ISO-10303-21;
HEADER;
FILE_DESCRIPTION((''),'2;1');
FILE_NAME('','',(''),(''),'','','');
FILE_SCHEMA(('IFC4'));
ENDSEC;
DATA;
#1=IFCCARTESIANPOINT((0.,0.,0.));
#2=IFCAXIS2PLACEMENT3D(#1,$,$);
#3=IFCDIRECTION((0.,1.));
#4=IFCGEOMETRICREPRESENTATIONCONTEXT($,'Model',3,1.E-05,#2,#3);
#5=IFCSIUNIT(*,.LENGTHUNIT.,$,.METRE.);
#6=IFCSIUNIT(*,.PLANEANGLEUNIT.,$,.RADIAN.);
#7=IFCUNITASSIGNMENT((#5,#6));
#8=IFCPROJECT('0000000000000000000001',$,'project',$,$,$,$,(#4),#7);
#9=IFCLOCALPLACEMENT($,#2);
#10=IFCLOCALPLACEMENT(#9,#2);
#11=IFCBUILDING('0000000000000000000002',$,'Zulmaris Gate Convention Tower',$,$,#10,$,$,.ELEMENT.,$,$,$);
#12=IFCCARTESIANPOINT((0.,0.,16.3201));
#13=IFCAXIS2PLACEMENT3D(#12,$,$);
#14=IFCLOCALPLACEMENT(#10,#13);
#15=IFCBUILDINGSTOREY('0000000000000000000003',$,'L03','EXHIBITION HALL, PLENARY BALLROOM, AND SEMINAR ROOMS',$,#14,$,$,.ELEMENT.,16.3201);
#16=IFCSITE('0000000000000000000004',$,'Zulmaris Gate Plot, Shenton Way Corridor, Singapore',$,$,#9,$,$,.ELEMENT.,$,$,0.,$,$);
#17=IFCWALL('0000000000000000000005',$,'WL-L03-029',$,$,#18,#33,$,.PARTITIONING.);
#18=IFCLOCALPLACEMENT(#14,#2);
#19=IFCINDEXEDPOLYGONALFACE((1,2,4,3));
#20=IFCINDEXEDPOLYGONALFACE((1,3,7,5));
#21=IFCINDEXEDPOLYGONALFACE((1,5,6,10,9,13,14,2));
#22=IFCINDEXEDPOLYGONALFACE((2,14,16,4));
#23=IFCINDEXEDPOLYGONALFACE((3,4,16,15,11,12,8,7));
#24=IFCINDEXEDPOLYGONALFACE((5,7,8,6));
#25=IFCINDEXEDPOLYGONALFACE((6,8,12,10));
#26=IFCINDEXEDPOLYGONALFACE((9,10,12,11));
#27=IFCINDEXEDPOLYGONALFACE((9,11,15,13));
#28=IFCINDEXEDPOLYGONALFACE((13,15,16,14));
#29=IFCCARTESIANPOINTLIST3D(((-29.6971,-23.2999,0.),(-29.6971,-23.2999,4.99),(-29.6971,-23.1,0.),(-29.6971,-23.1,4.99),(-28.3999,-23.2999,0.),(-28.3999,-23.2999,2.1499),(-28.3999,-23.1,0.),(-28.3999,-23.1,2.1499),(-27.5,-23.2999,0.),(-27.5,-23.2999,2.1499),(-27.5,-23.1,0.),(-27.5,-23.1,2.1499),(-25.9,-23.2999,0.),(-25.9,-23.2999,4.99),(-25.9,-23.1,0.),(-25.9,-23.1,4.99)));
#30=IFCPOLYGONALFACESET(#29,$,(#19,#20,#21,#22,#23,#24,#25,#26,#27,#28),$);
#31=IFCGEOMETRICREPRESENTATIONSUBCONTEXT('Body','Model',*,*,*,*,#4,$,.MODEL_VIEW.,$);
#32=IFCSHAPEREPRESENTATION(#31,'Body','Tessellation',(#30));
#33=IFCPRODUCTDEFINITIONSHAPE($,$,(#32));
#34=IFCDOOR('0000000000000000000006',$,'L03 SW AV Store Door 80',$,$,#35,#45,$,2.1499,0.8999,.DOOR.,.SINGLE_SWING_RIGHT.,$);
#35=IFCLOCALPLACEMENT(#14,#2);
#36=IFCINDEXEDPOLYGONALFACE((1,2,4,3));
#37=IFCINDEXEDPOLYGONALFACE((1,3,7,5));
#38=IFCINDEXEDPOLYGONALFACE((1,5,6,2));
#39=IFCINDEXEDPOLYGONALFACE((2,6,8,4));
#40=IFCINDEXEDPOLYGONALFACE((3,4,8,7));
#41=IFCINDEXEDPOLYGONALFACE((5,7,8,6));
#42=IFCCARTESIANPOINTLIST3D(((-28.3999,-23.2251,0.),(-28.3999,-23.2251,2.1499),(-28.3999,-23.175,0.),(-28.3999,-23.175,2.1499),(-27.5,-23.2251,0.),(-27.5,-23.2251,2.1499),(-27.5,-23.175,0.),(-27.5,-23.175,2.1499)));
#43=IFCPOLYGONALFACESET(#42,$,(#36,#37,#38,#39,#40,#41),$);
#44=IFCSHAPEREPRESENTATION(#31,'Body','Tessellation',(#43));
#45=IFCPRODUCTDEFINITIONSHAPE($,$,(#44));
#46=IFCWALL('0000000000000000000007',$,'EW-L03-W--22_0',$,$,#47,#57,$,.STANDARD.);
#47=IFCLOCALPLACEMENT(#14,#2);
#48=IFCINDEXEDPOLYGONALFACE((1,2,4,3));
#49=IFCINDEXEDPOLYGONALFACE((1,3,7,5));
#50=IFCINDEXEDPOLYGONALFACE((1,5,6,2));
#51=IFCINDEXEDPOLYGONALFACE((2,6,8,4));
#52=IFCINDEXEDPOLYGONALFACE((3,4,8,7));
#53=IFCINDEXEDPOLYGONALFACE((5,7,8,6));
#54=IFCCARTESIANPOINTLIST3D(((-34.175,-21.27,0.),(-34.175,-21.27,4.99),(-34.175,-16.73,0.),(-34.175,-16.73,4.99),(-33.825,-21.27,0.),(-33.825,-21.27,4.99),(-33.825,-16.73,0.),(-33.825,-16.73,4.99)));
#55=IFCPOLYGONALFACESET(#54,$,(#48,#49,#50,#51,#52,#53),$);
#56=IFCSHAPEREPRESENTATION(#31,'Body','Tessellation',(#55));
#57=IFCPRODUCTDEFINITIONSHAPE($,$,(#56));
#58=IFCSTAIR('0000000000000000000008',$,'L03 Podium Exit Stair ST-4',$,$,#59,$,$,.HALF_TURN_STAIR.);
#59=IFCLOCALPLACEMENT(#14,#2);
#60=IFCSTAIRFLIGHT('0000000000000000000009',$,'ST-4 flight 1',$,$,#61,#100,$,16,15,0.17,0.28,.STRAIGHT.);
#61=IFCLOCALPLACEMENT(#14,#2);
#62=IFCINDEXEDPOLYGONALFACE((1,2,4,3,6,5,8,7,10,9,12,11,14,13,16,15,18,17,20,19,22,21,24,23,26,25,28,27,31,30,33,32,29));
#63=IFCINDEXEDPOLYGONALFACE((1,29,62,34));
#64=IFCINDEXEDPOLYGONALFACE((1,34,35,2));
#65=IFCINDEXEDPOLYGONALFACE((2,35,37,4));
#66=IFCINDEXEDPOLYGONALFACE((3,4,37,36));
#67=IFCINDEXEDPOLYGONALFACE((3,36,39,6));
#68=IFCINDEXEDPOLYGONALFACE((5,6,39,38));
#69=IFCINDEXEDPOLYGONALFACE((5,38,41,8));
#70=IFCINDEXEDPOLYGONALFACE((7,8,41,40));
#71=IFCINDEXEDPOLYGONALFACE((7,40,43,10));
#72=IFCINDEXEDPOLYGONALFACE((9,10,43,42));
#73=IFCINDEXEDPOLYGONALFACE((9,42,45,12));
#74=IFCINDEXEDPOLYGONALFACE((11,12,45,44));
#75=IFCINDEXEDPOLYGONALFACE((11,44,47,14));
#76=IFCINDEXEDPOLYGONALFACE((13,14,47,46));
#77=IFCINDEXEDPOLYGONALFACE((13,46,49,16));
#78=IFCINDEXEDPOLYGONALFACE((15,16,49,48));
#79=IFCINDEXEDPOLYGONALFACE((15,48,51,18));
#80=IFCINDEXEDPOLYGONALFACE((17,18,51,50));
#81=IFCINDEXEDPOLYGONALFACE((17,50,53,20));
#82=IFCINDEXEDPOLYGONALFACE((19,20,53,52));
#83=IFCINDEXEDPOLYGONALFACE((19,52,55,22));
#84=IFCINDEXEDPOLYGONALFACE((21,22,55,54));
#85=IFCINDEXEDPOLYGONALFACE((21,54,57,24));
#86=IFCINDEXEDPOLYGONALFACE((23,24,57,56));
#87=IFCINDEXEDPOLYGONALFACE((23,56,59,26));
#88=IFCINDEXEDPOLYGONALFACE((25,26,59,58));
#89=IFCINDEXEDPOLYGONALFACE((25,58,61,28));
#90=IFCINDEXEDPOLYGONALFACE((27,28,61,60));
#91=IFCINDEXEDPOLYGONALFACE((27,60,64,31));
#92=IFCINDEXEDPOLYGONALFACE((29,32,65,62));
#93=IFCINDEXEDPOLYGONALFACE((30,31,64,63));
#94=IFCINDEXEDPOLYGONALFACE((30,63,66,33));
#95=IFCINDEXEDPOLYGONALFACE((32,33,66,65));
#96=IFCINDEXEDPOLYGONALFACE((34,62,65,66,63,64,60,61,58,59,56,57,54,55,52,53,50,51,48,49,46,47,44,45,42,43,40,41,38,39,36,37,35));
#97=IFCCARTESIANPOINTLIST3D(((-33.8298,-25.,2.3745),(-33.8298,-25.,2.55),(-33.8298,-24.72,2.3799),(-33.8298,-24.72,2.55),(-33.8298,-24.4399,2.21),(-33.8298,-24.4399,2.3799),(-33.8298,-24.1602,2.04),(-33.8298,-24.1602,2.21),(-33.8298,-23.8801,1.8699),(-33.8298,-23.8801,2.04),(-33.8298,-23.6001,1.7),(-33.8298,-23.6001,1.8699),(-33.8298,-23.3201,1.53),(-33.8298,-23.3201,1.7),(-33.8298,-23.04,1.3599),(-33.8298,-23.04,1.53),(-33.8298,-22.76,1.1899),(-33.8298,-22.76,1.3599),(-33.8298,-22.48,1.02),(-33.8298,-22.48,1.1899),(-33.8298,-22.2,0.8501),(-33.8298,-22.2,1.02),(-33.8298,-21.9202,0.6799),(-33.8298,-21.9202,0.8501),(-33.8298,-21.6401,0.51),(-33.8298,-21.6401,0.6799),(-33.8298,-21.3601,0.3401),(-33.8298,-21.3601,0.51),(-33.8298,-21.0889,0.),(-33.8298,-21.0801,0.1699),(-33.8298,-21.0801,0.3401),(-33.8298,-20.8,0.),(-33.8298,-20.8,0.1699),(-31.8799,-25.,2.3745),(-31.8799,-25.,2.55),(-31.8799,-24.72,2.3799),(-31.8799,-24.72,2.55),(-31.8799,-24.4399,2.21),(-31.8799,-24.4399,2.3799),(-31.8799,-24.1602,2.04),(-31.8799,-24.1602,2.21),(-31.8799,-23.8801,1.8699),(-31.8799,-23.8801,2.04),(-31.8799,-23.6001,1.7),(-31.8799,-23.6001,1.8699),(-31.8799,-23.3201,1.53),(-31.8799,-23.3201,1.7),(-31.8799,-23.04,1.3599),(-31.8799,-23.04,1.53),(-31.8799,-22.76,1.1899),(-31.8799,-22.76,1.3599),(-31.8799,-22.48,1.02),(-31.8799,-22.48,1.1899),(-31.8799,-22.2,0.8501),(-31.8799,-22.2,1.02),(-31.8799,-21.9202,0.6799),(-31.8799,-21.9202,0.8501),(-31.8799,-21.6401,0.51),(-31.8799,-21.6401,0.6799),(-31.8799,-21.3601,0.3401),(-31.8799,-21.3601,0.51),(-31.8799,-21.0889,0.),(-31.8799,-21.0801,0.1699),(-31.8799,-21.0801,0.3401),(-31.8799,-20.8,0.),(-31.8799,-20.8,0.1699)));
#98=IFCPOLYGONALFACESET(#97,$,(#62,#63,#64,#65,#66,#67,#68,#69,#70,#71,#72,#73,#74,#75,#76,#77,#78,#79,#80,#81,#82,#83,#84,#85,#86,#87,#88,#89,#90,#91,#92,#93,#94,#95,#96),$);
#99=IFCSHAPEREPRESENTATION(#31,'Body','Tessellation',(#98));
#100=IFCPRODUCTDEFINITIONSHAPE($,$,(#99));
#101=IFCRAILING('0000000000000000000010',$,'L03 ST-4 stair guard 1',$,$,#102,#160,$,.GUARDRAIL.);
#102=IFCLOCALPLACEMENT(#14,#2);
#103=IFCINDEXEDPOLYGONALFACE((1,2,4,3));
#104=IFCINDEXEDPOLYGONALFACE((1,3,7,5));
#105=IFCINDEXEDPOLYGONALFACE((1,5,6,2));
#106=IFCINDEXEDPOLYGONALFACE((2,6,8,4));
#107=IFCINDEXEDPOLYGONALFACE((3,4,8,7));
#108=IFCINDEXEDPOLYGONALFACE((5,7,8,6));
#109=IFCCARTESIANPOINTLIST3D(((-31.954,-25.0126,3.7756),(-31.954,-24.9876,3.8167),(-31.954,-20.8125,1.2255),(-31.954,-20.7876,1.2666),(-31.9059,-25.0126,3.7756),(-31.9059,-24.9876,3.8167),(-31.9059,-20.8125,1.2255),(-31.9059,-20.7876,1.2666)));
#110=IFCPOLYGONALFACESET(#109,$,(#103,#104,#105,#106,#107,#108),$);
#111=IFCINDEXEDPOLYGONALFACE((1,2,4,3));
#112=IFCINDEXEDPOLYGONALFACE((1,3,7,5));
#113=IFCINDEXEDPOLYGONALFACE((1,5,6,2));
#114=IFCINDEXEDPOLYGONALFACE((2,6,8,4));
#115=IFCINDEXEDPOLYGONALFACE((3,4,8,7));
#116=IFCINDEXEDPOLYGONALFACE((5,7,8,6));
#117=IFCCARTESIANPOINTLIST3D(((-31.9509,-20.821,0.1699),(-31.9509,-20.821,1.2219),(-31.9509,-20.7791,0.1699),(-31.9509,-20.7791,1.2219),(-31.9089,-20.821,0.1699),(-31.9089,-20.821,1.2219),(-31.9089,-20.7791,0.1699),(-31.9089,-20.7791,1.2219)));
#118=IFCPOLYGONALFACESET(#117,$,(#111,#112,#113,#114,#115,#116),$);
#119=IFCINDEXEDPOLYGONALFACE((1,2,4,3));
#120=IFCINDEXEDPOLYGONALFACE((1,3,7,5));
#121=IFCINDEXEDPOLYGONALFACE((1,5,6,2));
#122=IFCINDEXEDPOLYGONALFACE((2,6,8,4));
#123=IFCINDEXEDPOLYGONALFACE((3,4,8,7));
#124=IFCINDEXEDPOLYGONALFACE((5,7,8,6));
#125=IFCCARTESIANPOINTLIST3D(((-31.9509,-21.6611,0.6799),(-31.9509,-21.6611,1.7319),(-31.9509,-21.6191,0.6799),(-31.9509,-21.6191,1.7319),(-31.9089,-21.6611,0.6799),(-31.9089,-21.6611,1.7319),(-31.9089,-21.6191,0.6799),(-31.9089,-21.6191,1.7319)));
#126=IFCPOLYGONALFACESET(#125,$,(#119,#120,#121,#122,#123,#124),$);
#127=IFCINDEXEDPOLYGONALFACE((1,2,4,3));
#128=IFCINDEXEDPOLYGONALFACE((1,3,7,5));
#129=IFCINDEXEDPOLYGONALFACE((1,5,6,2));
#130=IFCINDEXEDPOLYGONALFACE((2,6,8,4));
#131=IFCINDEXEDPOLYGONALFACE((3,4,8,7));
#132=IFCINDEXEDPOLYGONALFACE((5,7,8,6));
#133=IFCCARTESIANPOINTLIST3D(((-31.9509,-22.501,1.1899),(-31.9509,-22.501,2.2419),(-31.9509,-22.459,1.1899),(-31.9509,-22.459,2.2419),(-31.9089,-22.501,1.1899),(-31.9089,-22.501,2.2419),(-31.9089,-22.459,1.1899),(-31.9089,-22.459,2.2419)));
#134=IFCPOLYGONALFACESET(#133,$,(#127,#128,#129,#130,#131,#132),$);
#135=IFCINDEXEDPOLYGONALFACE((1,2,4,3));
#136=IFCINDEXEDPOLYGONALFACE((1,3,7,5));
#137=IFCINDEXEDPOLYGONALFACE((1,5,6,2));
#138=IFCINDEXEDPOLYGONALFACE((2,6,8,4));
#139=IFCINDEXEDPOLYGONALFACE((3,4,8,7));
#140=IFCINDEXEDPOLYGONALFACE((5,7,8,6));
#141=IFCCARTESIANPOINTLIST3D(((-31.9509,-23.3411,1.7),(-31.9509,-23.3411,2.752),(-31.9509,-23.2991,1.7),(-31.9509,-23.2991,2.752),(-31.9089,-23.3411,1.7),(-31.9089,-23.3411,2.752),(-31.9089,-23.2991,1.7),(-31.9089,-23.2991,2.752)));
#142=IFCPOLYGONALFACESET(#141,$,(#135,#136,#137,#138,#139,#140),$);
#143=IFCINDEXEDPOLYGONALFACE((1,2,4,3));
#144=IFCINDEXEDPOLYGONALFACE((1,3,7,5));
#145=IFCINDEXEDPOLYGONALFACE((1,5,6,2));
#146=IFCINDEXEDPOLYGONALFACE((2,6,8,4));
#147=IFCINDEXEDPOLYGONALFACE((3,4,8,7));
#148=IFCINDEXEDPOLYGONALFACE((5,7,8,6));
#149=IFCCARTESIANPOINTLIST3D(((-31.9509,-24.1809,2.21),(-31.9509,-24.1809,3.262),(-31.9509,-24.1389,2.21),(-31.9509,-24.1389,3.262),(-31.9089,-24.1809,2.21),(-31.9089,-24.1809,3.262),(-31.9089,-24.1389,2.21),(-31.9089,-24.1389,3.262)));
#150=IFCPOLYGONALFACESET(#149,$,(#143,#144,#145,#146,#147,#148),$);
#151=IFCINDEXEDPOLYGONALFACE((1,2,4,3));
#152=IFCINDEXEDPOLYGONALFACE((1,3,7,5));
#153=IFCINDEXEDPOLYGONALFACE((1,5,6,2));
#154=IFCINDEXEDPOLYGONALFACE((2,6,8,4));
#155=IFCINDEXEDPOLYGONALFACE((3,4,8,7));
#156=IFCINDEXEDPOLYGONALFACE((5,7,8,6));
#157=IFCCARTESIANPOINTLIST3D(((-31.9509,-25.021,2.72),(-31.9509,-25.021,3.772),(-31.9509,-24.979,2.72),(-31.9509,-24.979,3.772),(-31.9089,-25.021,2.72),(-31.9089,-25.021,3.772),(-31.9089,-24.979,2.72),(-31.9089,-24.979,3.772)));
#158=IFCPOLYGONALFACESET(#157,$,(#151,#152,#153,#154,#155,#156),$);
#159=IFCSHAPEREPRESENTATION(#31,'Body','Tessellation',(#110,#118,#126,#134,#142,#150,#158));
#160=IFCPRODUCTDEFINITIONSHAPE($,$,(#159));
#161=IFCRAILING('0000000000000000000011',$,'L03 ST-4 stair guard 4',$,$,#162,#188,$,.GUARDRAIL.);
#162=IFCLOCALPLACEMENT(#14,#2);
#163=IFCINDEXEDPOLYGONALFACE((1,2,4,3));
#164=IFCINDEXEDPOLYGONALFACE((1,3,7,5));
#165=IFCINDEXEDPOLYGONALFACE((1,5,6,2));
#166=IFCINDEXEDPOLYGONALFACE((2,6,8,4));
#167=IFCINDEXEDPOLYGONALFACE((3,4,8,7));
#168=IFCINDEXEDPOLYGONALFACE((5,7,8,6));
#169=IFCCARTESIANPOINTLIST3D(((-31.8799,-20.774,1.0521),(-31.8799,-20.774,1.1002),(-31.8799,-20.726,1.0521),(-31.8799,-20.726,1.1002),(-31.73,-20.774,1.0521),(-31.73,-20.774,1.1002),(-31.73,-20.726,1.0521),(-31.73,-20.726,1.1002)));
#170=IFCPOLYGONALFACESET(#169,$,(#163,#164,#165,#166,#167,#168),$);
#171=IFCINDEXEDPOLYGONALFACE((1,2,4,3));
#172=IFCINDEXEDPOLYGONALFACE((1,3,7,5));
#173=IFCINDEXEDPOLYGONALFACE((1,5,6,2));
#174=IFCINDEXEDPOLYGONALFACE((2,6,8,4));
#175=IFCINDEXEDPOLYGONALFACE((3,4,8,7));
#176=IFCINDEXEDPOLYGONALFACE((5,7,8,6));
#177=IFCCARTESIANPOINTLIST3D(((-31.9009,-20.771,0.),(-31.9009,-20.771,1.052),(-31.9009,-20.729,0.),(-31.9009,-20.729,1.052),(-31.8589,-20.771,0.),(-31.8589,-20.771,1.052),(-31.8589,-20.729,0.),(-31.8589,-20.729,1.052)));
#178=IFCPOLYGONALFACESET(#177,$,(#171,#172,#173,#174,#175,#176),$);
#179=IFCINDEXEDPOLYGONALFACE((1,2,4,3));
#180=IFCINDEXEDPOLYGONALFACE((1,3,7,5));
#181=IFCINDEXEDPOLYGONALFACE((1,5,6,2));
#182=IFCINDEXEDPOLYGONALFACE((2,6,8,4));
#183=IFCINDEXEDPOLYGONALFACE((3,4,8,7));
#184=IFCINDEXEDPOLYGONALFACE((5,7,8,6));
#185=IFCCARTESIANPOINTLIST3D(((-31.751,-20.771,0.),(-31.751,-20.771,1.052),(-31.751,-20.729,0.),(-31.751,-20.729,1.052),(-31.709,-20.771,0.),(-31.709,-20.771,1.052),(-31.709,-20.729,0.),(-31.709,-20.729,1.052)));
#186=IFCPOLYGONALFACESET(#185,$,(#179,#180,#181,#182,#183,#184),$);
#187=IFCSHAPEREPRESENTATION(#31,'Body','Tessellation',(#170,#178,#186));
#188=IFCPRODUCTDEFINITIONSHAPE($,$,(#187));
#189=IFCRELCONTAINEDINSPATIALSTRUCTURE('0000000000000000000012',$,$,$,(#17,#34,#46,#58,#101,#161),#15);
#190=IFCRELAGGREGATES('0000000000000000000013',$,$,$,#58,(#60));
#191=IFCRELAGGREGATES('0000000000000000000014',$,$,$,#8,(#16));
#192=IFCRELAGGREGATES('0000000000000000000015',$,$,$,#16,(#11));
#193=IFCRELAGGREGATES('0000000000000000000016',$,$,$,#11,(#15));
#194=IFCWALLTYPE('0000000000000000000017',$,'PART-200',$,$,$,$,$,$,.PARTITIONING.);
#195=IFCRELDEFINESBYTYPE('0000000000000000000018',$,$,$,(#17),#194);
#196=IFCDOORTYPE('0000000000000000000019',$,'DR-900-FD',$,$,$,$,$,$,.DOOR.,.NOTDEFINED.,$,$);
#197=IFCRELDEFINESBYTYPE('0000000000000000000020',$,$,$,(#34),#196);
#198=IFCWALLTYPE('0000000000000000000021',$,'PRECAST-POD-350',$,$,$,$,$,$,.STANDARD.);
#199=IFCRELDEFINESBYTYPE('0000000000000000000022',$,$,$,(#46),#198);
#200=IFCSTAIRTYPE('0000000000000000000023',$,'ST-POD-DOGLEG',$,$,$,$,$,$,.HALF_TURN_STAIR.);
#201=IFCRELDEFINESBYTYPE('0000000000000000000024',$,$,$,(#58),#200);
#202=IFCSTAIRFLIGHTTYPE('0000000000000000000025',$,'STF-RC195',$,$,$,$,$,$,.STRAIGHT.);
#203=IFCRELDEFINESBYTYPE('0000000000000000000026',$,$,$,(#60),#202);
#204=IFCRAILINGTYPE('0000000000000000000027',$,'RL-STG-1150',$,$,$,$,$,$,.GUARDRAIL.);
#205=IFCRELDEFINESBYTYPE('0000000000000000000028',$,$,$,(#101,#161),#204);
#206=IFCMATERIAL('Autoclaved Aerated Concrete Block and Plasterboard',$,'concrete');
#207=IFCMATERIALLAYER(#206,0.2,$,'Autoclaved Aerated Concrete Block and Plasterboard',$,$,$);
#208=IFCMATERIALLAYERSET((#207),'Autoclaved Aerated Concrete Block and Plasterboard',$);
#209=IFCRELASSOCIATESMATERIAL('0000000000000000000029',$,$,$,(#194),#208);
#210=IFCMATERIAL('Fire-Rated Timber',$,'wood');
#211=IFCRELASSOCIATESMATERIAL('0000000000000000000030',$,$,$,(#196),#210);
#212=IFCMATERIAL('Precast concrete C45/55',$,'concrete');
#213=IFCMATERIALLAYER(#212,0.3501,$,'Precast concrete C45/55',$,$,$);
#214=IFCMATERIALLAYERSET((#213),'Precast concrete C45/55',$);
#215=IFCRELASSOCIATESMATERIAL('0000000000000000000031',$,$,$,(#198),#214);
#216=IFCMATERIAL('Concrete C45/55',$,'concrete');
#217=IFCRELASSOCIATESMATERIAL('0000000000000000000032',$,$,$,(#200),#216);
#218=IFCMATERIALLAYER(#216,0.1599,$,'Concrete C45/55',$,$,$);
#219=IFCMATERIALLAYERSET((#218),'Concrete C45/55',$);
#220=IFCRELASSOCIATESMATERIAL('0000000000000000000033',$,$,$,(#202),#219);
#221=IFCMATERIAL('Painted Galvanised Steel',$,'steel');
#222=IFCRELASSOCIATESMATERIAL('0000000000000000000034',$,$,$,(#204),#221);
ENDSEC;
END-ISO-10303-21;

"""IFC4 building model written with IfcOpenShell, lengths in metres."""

from ifc_helpers import new_model, si_unit, direction, frame, frame_2d, origin, origin_2d, place, context, subcontext, project, spatial, polyline, rectangle, outline, extrude, material, layer, layer_set, type_object, element, fill, aggregate, save


model = new_model("IFC4")

# Units and contexts
model_context = context("Model", 3, precision=1e-05, world=origin(), true_north=direction((0.0, 1.0)))
body_context = subcontext(model_context, "Body", "Model", "MODEL_VIEW")
ifc_project = project(units=[si_unit("LENGTHUNIT", "METRE"), si_unit("PLANEANGLEUNIT", "RADIAN")], contexts=[model_context])

# Site, building, storey
site_placement = place(None, origin())
site = spatial("IfcSite", under=ifc_project, at=site_placement, Name="Zulmaris Gate Plot, Shenton Way Corridor, Singapore", CompositionType="ELEMENT", RefElevation=0.0)
building_placement = place(site_placement, origin())
building = spatial("IfcBuilding", under=site, at=building_placement, Name="Zulmaris Gate Convention Tower", CompositionType="ELEMENT")
storey_placement = place(building_placement, frame((0.0, 0.0, 16.3201)))
storey = spatial("IfcBuildingStorey", under=building, at=storey_placement, Name="L03", Description="EXHIBITION HALL, PLENARY BALLROOM, AND SEMINAR ROOMS", CompositionType="ELEMENT", Elevation=16.3201)

# Shared definitions
ifc_material_1 = material(Name="Fire-Rated Timber", Category="wood")

# Wall, opening, door
ifc_material_2 = material(Name="Autoclaved Aerated Concrete Block and Plasterboard", Category="concrete")
ifc_layer_1 = layer(ifc_material_2, 0.2, Name="Autoclaved Aerated Concrete Block and Plasterboard")
ifc_layer_set_1 = layer_set([ifc_layer_1], Name="Autoclaved Aerated Concrete Block and Plasterboard")
wall_type_1 = type_object("IfcWallType", Name="PART-200", PredefinedType="PARTITIONING", material=ifc_layer_set_1)
wall_1_placement = place(storey_placement, frame((-29.697, -23.2, 0.0), z_axis=(0.0, 0.0, 1.0), x_axis=(1.0, 0.0, 0.0)))
wall_1 = element("IfcWall", 1, at=wall_1_placement, inside=storey, type_object=wall_type_1, Name="WL-L03-029", PredefinedType="PARTITIONING", context=body_context, shape_type="SweptSolid", body=[
    extrude(rectangle(XDim=3.7971, YDim=0.2, at=frame_2d((1.8984, 0.0))), origin(), (0.0, 0.0, 1.0), 4.99),
])
opening_1_placement = place(wall_1_placement, frame((1.2971, 0.0, 0.0)))
opening_1 = element("IfcOpeningElement", 2, at=opening_1_placement, cuts=wall_1, PredefinedType="OPENING", context=body_context, shape_type="SweptSolid", body=[
    extrude(rectangle(XDim=0.8999, YDim=2.1499, at=frame_2d((0.45, 1.075))), frame((0.0, 0.1099, 0.0), z_axis=(0.0, -1.0, 0.0), x_axis=(1.0, 0.0, 0.0)), (0.0, 0.0, 1.0), 0.22),
])
door_type_1 = type_object("IfcDoorType", Name="DR-900-FD", OperationType="NOTDEFINED", PredefinedType="DOOR", material=ifc_material_1)
door_1_placement = place(opening_1_placement, origin())
door_1 = element("IfcDoor", 3, at=door_1_placement, inside=storey, type_object=door_type_1, Name="L03 SW AV Store Door 80", OperationType="SINGLE_SWING_RIGHT", OverallHeight=2.1499, OverallWidth=0.8999, PredefinedType="DOOR", context=body_context, shape_type="SweptSolid", body=[
    extrude(rectangle(XDim=0.8999, YDim=2.1499, at=frame_2d((0.45, 1.075))), frame((0.0, 0.0249, 0.0), z_axis=(0.0, -1.0, 0.0), x_axis=(1.0, 0.0, 0.0)), (0.0, 0.0, 1.0), 0.05),
])
fill(opening_1, door_1)

# Wall
ifc_material_3 = material(Name="Precast concrete C45/55", Category="concrete")
ifc_layer_2 = layer(ifc_material_3, 0.3501, Name="Precast concrete C45/55")
ifc_layer_set_2 = layer_set([ifc_layer_2], Name="Precast concrete C45/55")
wall_type_2 = type_object("IfcWallType", Name="PRECAST-POD-350", PredefinedType="STANDARD", material=ifc_layer_set_2)
wall_2_placement = place(storey_placement, frame((-34.0, -21.27, 0.0), z_axis=(0.0, 0.0, 1.0), x_axis=(0.0, 1.0, 0.0)))
element("IfcWall", 4, at=wall_2_placement, inside=storey, type_object=wall_type_2, Name="EW-L03-W--22_0", PredefinedType="STANDARD", context=body_context, shape_type="SweptSolid", body=[
    extrude(rectangle(XDim=4.54, YDim=0.3501, at=frame_2d((2.27, 0.0))), origin(), (0.0, 0.0, 1.0), 4.99),
])

# Stair, stair flight
ifc_material_4 = material(Name="Concrete C45/55", Category="concrete")
stair_type = type_object("IfcStairType", Name="ST-POD-DOGLEG", PredefinedType="HALF_TURN_STAIR", material=ifc_material_4)
stair_placement = place(storey_placement, origin())
stair = element("IfcStair", 5, at=stair_placement, inside=storey, type_object=stair_type, Name="L03 Podium Exit Stair ST-4", PredefinedType="HALF_TURN_STAIR")
ifc_layer_3 = layer(ifc_material_4, 0.1599, Name="Concrete C45/55")
ifc_layer_set_3 = layer_set([ifc_layer_3], Name="Concrete C45/55")
stair_flight_type = type_object("IfcStairFlightType", Name="STF-RC195", PredefinedType="STRAIGHT", material=ifc_layer_set_3)
stair_flight_placement = place(storey_placement, frame((-32.855, -20.8, 0.0), z_axis=(0.0, 0.0, 1.0), x_axis=(0.0, -1.0, 0.0)))
stair_flight = element("IfcStairFlight", 6, at=stair_flight_placement, type_object=stair_flight_type, Name="ST-4 flight 1", NumberOfRisers=16, NumberOfTreads=15, PredefinedType="STRAIGHT", RiserHeight=0.17, TreadLength=0.28, context=body_context, shape_type="SweptSolid", body=[
    extrude(outline(polyline([(0.0, 0.0), (0.0, 0.1699), (0.28, 0.1699), (0.28, 0.3401), (0.5601, 0.3401), (0.5601, 0.51), (0.8401, 0.51), (0.8401, 0.6799), (1.1201, 0.6799), (1.1201, 0.8501), (1.3999, 0.8501), (1.3999, 1.02), (1.6799, 1.02), (1.6799, 1.1899), (1.96, 1.1899), (1.96, 1.3599), (2.24, 1.3599), (2.24, 1.53), (2.52, 1.53), (2.52, 1.7), (2.8, 1.7), (2.8, 1.8699), (3.0801, 1.8699), (3.0801, 2.04), (3.3601, 2.04), (3.3601, 2.21), (3.6399, 2.21), (3.6399, 2.3799), (3.9199, 2.3799), (3.9199, 2.55), (4.2, 2.55), (4.2, 2.72), (4.2, 2.3745), (0.2888, 0.0), (0.0, 0.0)])), frame((0.0, 0.9751, 0.0), z_axis=(0.0, -1.0, 0.0), x_axis=(1.0, 0.0, 0.0)), (0.0, 0.0, 1.0), 1.95),
])
aggregate(stair, [stair_flight])

# Railings
ifc_material_5 = material(Name="Painted Galvanised Steel", Category="steel")
railing_type_1 = type_object("IfcRailingType", Name="RL-STG-1150", PredefinedType="GUARDRAIL", material=ifc_material_5)
railing_1_placement = place(storey_placement, frame((-31.9299, -20.8, 0.1699)))
element("IfcRailing", 7, at=railing_1_placement, inside=storey, type_object=railing_type_1, Name="L03 ST-4 stair guard 1", PredefinedType="GUARDRAIL", context=body_context, shape_type="SweptSolid", body=[
    extrude(rectangle(XDim=0.0481, YDim=0.0481, at=origin_2d()), frame((0.0, 0.0, 1.0762), z_axis=(0.0, -0.85478, 0.51899), x_axis=(1.0, 0.0, 0.0)), (0.0, 0.0, 1.0), 4.9136),
    extrude(rectangle(XDim=0.042, YDim=0.042, at=origin_2d()), origin(), (0.0, 0.0, 1.0), 1.052),
    extrude(rectangle(XDim=0.042, YDim=0.042, at=origin_2d()), frame((0.0, -0.8401, 0.51)), (0.0, 0.0, 1.0), 1.052),
    extrude(rectangle(XDim=0.042, YDim=0.042, at=origin_2d()), frame((0.0, -1.6799, 1.02)), (0.0, 0.0, 1.0), 1.052),
    extrude(rectangle(XDim=0.042, YDim=0.042, at=origin_2d()), frame((0.0, -2.52, 1.53)), (0.0, 0.0, 1.0), 1.052),
    extrude(rectangle(XDim=0.042, YDim=0.042, at=origin_2d()), frame((0.0, -3.3599, 2.04)), (0.0, 0.0, 1.0), 1.052),
    extrude(rectangle(XDim=0.042, YDim=0.042, at=origin_2d()), frame((0.0, -4.2, 2.55)), (0.0, 0.0, 1.0), 1.052),
])
railing_2_placement = place(storey_placement, frame((-31.8799, -20.75, 0.0)))
element("IfcRailing", 8, at=railing_2_placement, inside=storey, type_object=railing_type_1, Name="L03 ST-4 stair guard 4", PredefinedType="GUARDRAIL", context=body_context, shape_type="SweptSolid", body=[
    extrude(rectangle(XDim=0.0481, YDim=0.0481, at=origin_2d()), frame((0.0, 0.0, 1.0762), z_axis=(1.0, 0.0, 0.0), x_axis=(0.0, 1.0, 0.0)), (0.0, 0.0, 1.0), 0.1499),
    extrude(rectangle(XDim=0.042, YDim=0.042, at=origin_2d()), origin(), (0.0, 0.0, 1.0), 1.052),
    extrude(rectangle(XDim=0.042, YDim=0.042, at=origin_2d()), frame((0.1499, 0.0, 0.0)), (0.0, 0.0, 1.0), 1.052),
])

save(model, "model.ifc")
